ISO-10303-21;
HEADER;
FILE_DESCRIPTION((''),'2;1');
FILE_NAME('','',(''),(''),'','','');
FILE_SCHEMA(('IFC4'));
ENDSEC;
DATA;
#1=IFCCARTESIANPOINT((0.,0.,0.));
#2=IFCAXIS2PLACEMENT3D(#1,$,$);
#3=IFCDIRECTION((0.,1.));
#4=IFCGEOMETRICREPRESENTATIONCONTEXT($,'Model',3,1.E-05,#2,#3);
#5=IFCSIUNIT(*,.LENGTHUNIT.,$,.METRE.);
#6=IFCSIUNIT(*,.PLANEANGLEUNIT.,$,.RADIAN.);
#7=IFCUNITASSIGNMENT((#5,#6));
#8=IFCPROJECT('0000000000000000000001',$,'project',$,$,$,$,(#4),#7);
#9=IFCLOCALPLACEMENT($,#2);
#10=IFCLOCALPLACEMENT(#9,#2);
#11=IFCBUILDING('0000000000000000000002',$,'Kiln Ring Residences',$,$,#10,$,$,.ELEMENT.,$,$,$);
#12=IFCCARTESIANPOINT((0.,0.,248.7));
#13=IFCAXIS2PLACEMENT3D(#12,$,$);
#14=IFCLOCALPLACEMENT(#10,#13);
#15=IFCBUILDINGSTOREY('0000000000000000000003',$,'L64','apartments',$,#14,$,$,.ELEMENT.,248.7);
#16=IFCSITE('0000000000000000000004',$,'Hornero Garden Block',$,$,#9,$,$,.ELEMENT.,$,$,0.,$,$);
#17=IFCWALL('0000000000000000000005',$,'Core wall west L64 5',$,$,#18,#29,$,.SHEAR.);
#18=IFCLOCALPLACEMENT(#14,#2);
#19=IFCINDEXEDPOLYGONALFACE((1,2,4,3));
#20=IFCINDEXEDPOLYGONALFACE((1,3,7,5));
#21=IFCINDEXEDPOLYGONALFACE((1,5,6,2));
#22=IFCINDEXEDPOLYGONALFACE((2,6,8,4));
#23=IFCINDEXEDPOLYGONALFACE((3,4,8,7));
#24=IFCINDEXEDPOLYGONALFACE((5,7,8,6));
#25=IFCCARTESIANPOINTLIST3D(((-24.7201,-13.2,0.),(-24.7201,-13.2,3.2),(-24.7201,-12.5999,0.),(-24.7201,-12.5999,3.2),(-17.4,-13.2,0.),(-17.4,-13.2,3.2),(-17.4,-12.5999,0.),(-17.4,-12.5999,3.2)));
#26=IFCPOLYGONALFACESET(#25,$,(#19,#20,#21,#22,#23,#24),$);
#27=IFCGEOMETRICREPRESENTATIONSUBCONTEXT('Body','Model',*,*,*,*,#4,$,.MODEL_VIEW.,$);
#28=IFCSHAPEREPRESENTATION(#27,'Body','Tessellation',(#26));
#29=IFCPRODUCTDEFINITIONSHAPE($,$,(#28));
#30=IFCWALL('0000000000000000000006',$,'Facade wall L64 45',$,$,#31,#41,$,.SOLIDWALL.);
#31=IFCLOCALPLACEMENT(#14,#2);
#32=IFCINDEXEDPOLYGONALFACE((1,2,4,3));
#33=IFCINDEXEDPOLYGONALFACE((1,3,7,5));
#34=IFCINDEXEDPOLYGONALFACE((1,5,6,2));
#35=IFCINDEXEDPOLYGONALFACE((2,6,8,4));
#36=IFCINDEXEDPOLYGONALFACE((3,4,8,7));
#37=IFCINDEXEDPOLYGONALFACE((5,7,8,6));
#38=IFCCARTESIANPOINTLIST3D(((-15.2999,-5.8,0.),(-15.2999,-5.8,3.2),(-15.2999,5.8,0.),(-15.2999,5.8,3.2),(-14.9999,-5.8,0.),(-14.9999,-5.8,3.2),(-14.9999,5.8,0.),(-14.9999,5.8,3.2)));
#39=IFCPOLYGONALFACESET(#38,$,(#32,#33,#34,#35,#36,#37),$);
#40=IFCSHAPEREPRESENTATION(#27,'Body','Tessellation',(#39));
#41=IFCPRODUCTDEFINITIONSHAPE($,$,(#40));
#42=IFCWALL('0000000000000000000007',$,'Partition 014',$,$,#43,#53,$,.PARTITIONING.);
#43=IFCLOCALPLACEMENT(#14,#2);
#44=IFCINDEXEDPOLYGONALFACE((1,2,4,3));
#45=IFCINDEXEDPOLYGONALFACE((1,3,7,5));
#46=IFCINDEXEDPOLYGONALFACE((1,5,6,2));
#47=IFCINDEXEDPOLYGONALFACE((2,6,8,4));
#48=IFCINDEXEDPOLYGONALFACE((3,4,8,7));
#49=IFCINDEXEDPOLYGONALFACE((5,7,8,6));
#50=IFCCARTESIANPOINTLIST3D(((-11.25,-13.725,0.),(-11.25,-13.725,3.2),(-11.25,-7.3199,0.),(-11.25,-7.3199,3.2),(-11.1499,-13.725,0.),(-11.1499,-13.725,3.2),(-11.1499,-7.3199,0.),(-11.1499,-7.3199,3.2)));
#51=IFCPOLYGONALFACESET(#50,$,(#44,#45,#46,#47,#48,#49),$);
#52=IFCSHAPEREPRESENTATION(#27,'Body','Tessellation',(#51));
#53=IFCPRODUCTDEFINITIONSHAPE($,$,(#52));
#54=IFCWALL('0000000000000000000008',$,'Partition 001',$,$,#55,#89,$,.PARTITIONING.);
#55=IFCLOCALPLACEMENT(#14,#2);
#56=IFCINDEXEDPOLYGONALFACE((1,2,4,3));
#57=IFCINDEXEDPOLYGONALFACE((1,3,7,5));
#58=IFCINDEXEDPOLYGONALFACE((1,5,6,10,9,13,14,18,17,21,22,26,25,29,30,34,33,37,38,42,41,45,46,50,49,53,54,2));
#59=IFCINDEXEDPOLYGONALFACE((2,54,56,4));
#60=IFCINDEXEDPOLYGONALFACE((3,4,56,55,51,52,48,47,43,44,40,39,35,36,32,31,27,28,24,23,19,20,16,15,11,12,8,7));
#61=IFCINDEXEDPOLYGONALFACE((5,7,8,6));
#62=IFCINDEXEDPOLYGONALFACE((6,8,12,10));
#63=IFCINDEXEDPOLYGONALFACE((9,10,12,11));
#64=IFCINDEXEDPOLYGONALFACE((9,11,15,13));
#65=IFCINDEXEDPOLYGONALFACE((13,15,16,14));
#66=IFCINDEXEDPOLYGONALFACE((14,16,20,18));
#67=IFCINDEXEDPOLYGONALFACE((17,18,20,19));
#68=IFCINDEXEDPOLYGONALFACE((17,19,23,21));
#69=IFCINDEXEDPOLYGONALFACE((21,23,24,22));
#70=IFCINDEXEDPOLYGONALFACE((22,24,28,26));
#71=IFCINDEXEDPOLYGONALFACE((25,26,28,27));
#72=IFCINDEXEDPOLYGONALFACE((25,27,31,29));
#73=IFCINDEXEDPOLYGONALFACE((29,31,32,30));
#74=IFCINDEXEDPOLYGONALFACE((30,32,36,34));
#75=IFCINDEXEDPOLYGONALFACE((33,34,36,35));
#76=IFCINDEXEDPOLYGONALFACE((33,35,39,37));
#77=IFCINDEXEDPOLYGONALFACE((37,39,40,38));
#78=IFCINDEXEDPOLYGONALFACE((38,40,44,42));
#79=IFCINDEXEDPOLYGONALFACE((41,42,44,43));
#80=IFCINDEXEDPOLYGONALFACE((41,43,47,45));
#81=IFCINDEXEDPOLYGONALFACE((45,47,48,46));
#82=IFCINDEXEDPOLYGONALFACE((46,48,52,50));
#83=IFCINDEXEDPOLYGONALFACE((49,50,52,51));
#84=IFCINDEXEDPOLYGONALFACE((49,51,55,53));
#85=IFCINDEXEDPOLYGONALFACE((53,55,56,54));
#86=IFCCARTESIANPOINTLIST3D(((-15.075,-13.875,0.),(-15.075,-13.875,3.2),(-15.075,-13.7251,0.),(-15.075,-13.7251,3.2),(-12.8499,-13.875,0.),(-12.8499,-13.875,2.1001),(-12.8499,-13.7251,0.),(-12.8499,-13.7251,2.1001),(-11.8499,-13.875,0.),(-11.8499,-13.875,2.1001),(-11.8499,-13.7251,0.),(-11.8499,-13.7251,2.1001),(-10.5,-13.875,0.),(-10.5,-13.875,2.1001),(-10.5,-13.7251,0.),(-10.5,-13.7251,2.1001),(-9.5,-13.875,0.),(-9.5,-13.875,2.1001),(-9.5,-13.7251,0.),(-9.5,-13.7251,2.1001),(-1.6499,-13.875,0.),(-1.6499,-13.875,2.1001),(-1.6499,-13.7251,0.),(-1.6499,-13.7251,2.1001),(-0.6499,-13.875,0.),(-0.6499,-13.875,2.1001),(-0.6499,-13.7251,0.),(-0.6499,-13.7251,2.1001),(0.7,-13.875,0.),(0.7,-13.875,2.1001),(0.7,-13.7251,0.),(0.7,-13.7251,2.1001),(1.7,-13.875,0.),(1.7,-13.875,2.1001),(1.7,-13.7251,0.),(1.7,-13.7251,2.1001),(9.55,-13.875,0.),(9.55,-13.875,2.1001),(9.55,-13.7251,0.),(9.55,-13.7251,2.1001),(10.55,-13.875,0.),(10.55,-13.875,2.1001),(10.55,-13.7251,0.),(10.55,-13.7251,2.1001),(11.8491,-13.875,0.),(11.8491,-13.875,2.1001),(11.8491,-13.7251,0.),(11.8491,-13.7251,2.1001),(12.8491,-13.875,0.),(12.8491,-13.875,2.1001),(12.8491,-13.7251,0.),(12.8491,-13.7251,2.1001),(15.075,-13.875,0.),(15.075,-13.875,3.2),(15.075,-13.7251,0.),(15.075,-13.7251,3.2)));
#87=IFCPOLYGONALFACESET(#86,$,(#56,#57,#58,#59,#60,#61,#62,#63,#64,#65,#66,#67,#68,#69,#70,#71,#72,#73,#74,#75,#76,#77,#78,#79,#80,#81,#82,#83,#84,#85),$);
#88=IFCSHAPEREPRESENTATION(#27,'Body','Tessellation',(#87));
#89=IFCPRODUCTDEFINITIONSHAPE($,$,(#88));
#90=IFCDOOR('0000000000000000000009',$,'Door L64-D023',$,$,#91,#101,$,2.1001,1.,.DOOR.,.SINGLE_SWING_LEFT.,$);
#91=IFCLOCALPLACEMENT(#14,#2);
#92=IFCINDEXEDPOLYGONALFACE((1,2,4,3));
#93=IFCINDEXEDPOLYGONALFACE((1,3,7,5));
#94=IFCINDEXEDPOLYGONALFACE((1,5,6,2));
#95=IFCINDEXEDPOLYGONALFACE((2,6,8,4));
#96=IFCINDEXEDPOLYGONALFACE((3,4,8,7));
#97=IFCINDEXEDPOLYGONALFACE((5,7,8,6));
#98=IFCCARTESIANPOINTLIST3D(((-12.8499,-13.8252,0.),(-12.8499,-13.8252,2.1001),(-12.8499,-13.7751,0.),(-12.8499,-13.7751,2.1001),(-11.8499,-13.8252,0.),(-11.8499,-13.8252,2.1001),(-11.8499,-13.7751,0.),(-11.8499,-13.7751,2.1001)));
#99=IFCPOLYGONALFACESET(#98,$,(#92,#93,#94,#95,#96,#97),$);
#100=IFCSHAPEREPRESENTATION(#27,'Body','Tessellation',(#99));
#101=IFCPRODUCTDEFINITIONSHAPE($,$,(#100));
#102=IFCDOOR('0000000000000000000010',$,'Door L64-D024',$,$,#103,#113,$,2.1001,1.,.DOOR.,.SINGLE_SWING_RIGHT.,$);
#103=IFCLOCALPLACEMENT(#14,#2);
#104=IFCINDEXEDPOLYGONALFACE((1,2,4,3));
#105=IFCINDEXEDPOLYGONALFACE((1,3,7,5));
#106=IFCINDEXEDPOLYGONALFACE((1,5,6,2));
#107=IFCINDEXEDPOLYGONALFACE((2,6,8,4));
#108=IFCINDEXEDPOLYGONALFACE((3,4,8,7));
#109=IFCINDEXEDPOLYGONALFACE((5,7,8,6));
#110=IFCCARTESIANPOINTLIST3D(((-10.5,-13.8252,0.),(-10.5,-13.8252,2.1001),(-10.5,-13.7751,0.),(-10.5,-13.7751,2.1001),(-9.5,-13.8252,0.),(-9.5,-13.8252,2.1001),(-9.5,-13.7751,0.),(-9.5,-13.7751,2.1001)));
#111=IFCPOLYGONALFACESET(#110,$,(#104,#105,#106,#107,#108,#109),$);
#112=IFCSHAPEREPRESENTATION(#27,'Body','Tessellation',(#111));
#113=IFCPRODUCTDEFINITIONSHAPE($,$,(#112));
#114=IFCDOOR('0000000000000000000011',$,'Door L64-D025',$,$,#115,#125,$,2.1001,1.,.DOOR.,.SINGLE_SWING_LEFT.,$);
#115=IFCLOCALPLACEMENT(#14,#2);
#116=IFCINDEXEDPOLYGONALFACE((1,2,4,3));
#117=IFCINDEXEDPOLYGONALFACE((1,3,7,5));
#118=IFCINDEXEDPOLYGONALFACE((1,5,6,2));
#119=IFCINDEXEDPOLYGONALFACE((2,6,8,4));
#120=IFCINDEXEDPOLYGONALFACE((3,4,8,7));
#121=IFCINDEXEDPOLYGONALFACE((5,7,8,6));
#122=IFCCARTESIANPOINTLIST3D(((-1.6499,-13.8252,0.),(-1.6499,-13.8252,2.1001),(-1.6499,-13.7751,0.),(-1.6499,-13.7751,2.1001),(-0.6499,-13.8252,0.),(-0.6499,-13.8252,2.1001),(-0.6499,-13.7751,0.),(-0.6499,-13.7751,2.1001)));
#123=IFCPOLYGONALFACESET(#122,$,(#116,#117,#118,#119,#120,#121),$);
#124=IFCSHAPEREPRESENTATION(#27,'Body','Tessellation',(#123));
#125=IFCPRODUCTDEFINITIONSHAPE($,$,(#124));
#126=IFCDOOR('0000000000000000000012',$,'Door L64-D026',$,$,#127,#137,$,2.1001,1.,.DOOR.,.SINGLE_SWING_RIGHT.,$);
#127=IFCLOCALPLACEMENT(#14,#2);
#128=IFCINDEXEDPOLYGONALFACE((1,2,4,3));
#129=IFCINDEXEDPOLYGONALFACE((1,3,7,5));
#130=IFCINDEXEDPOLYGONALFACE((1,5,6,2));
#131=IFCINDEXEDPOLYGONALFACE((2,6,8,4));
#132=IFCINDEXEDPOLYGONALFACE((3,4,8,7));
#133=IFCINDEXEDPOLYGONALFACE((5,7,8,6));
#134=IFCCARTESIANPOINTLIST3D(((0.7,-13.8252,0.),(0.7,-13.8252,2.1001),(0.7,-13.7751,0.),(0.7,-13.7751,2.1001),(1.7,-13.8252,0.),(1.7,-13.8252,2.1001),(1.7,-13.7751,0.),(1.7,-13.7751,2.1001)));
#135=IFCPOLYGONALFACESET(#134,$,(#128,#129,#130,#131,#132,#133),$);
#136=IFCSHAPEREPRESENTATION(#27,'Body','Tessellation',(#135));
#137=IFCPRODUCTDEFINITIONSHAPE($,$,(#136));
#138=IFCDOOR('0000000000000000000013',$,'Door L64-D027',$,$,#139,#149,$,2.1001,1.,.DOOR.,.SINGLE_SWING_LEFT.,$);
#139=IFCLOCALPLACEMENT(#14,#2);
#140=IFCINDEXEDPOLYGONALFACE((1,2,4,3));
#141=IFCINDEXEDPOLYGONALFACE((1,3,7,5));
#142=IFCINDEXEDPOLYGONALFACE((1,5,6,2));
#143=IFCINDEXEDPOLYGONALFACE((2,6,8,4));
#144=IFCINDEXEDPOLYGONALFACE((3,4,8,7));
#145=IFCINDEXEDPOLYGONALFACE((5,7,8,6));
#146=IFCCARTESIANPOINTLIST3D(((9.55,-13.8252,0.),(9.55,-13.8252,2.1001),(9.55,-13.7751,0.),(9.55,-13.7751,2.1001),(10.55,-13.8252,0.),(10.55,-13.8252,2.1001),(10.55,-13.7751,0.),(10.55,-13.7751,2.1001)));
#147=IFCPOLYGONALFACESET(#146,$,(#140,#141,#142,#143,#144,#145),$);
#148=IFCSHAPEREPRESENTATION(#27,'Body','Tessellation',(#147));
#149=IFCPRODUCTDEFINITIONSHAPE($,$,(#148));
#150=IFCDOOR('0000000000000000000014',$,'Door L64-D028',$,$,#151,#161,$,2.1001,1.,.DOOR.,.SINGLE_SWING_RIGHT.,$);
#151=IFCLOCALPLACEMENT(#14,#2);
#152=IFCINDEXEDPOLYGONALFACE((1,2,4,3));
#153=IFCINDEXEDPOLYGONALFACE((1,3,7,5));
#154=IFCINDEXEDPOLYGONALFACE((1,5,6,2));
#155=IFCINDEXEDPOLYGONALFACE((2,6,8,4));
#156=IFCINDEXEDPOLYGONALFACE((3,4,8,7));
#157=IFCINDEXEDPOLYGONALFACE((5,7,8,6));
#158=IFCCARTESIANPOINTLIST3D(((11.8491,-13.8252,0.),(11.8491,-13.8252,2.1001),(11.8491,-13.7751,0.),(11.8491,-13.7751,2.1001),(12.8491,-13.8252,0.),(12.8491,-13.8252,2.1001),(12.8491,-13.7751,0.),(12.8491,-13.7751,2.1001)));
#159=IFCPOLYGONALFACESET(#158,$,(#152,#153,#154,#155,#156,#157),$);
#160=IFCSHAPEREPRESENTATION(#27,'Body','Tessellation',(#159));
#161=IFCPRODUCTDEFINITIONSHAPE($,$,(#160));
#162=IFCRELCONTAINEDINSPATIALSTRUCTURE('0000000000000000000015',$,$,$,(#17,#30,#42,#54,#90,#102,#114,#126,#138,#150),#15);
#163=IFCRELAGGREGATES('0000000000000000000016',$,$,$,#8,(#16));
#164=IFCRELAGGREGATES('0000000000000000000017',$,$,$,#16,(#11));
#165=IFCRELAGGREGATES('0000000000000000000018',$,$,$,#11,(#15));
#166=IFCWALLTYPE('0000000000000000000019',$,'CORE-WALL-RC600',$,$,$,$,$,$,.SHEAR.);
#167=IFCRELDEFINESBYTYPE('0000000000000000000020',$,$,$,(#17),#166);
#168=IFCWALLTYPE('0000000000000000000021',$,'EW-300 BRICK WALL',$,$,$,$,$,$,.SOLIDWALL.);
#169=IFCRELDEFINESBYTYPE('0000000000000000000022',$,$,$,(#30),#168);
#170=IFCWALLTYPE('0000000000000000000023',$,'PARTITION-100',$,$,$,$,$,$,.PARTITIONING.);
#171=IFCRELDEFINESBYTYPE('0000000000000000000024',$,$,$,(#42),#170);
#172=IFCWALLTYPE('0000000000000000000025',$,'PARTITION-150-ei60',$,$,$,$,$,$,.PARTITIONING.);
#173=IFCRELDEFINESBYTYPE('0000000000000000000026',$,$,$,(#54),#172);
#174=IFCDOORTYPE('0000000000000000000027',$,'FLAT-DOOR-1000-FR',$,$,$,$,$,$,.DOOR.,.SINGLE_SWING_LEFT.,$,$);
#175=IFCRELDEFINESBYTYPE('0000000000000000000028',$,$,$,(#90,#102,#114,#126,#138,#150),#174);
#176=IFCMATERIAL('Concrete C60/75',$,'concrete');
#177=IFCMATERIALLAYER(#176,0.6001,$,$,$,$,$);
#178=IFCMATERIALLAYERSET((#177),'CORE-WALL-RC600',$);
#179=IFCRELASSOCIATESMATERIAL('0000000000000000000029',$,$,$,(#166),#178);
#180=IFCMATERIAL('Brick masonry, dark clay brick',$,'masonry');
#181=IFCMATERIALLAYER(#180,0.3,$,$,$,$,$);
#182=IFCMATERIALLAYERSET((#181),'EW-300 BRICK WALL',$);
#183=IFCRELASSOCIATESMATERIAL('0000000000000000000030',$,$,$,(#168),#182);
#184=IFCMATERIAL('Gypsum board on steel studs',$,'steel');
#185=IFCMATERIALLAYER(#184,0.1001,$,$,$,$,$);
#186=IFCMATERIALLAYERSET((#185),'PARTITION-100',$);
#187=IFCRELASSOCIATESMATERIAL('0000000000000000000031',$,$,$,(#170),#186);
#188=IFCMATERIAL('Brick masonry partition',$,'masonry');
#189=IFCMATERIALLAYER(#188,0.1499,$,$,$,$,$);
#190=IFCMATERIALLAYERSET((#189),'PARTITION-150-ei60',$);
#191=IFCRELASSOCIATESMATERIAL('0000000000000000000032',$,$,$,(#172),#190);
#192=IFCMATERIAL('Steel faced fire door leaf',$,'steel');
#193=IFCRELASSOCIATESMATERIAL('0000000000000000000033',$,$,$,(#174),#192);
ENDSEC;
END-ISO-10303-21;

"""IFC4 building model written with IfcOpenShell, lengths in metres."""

from ifc_helpers import new_model, si_unit, direction, frame, frame_2d, origin, place, context, subcontext, project, spatial, rectangle, extrude, material, layer, layer_set, type_object, element, fill, save


model = new_model("IFC4")

# Units and contexts
model_context = context("Model", 3, precision=1e-05, world=origin(), true_north=direction((0.0, 1.0)))
body_context = subcontext(model_context, "Body", "Model", "MODEL_VIEW")
ifc_project = project(units=[si_unit("LENGTHUNIT", "METRE"), si_unit("PLANEANGLEUNIT", "RADIAN")], contexts=[model_context])

# Site, building, storey
site_placement = place(None, origin())
site = spatial("IfcSite", under=ifc_project, at=site_placement, Name="Hornero Garden Block", CompositionType="ELEMENT", RefElevation=0.0)
building_placement = place(site_placement, origin())
building = spatial("IfcBuilding", under=site, at=building_placement, Name="Kiln Ring Residences", CompositionType="ELEMENT")
storey_placement = place(building_placement, frame((0.0, 0.0, 248.7)))
storey = spatial("IfcBuildingStorey", under=building, at=storey_placement, Name="L64", Description="apartments", CompositionType="ELEMENT", Elevation=248.7)

# Walls
ifc_material_1 = material(Name="Concrete C60/75", Category="concrete")
ifc_layer_1 = layer(ifc_material_1, 0.6001)
ifc_layer_set_1 = layer_set([ifc_layer_1], Name="CORE-WALL-RC600")
wall_type_1 = type_object("IfcWallType", Name="CORE-WALL-RC600", PredefinedType="SHEAR", material=ifc_layer_set_1)
wall_1_placement = place(storey_placement, frame((-17.3999, -12.8999, 0.0), z_axis=(0.0, 0.0, 1.0), x_axis=(-1.0, 0.0, 0.0)))
element("IfcWall", 1, at=wall_1_placement, inside=storey, type_object=wall_type_1, Name="Core wall west L64 5", PredefinedType="SHEAR", context=body_context, shape_type="SweptSolid", body=[
    extrude(rectangle(XDim=7.3201, YDim=0.6001, at=frame_2d((3.6602, 0.0))), origin(), (0.0, 0.0, 1.0), 3.2),
])
ifc_material_2 = material(Name="Brick masonry, dark clay brick", Category="masonry")
ifc_layer_2 = layer(ifc_material_2, 0.3)
ifc_layer_set_2 = layer_set([ifc_layer_2], Name="EW-300 BRICK WALL")
wall_type_2 = type_object("IfcWallType", Name="EW-300 BRICK WALL", PredefinedType="SOLIDWALL", material=ifc_layer_set_2)
wall_2_placement = place(storey_placement, frame((-15.1499, -5.8, 0.0), z_axis=(0.0, 0.0, 1.0), x_axis=(0.0, 1.0, 0.0)))
element("IfcWall", 2, at=wall_2_placement, inside=storey, type_object=wall_type_2, Name="Facade wall L64 45", PredefinedType="SOLIDWALL", context=body_context, shape_type="SweptSolid", body=[
    extrude(rectangle(XDim=11.6001, YDim=0.3, at=frame_2d((5.8, 0.0))), origin(), (0.0, 0.0, 1.0), 3.2),
])
ifc_material_3 = material(Name="Gypsum board on steel studs", Category="steel")
ifc_layer_3 = layer(ifc_material_3, 0.1001)
ifc_layer_set_3 = layer_set([ifc_layer_3], Name="PARTITION-100")
wall_type_3 = type_object("IfcWallType", Name="PARTITION-100", PredefinedType="PARTITIONING", material=ifc_layer_set_3)
wall_3_placement = place(storey_placement, frame((-11.2, -13.7251, 0.0), z_axis=(0.0, 0.0, 1.0), x_axis=(0.0, 1.0, 0.0)))
element("IfcWall", 3, at=wall_3_placement, inside=storey, type_object=wall_type_3, Name="Partition 014", PredefinedType="PARTITIONING", context=body_context, shape_type="SweptSolid", body=[
    extrude(rectangle(XDim=6.405, YDim=0.1001, at=frame_2d((3.2026, 0.0))), origin(), (0.0, 0.0, 1.0), 3.2),
])

# Wall, openings, doors
ifc_material_4 = material(Name="Brick masonry partition", Category="masonry")
ifc_layer_4 = layer(ifc_material_4, 0.1499)
ifc_layer_set_4 = layer_set([ifc_layer_4], Name="PARTITION-150-ei60")
wall_type_4 = type_object("IfcWallType", Name="PARTITION-150-ei60", PredefinedType="PARTITIONING", material=ifc_layer_set_4)
wall_4_placement = place(storey_placement, frame((-15.075, -13.8, 0.0), z_axis=(0.0, 0.0, 1.0), x_axis=(1.0, 0.0, 0.0)))
wall_4 = element("IfcWall", 4, at=wall_4_placement, inside=storey, type_object=wall_type_4, Name="Partition 001", PredefinedType="PARTITIONING", context=body_context, shape_type="SweptSolid", body=[
    extrude(rectangle(XDim=30.1499, YDim=0.1499, at=frame_2d((15.075, 0.0))), origin(), (0.0, 0.0, 1.0), 3.2),
])
opening_1_placement = place(wall_4_placement, frame((2.2251, 0.0, 0.0)))
opening_1 = element("IfcOpeningElement", 5, at=opening_1_placement, cuts=wall_4, PredefinedType="OPENING", context=body_context, shape_type="SweptSolid", body=[
    extrude(rectangle(XDim=1.0, YDim=2.1001, at=frame_2d((0.5, 1.05))), frame((0.0, 0.085, 0.0), z_axis=(0.0, -1.0, 0.0), x_axis=(1.0, 0.0, 0.0)), (0.0, 0.0, 1.0), 0.1699),
])
opening_2_placement = place(wall_4_placement, frame((4.575, 0.0, 0.0)))
opening_2 = element("IfcOpeningElement", 6, at=opening_2_placement, cuts=wall_4, PredefinedType="OPENING", context=body_context, shape_type="SweptSolid", body=[
    extrude(rectangle(XDim=1.0, YDim=2.1001, at=frame_2d((0.5, 1.05))), frame((0.0, 0.085, 0.0), z_axis=(0.0, -1.0, 0.0), x_axis=(1.0, 0.0, 0.0)), (0.0, 0.0, 1.0), 0.1699),
])
opening_3_placement = place(wall_4_placement, frame((13.425, 0.0, 0.0)))
opening_3 = element("IfcOpeningElement", 7, at=opening_3_placement, cuts=wall_4, PredefinedType="OPENING", context=body_context, shape_type="SweptSolid", body=[
    extrude(rectangle(XDim=1.0, YDim=2.1001, at=frame_2d((0.5, 1.05))), frame((0.0, 0.085, 0.0), z_axis=(0.0, -1.0, 0.0), x_axis=(1.0, 0.0, 0.0)), (0.0, 0.0, 1.0), 0.1699),
])
opening_4_placement = place(wall_4_placement, frame((15.7749, 0.0, 0.0)))
opening_4 = element("IfcOpeningElement", 8, at=opening_4_placement, cuts=wall_4, PredefinedType="OPENING", context=body_context, shape_type="SweptSolid", body=[
    extrude(rectangle(XDim=1.0, YDim=2.1001, at=frame_2d((0.5, 1.05))), frame((0.0, 0.085, 0.0), z_axis=(0.0, -1.0, 0.0), x_axis=(1.0, 0.0, 0.0)), (0.0, 0.0, 1.0), 0.1699),
])
opening_5_placement = place(wall_4_placement, frame((24.625, 0.0, 0.0)))
opening_5 = element("IfcOpeningElement", 9, at=opening_5_placement, cuts=wall_4, PredefinedType="OPENING", context=body_context, shape_type="SweptSolid", body=[
    extrude(rectangle(XDim=1.0, YDim=2.1001, at=frame_2d((0.5, 1.05))), frame((0.0, 0.085, 0.0), z_axis=(0.0, -1.0, 0.0), x_axis=(1.0, 0.0, 0.0)), (0.0, 0.0, 1.0), 0.1699),
])
opening_6_placement = place(wall_4_placement, frame((26.9241, 0.0, 0.0)))
opening_6 = element("IfcOpeningElement", 10, at=opening_6_placement, cuts=wall_4, PredefinedType="OPENING", context=body_context, shape_type="SweptSolid", body=[
    extrude(rectangle(XDim=1.0, YDim=2.1001, at=frame_2d((0.5, 1.05))), frame((0.0, 0.085, 0.0), z_axis=(0.0, -1.0, 0.0), x_axis=(1.0, 0.0, 0.0)), (0.0, 0.0, 1.0), 0.1699),
])
ifc_material_5 = material(Name="Steel faced fire door leaf", Category="steel")
door_type_1 = type_object("IfcDoorType", Name="FLAT-DOOR-1000-FR", OperationType="SINGLE_SWING_LEFT", PredefinedType="DOOR", material=ifc_material_5)
door_1_placement = place(opening_1_placement, origin())
door_1 = element("IfcDoor", 11, at=door_1_placement, inside=storey, type_object=door_type_1, Name="Door L64-D023", OperationType="SINGLE_SWING_LEFT", OverallHeight=2.1001, OverallWidth=1.0, PredefinedType="DOOR", context=body_context, shape_type="SweptSolid", body=[
    extrude(rectangle(XDim=1.0, YDim=2.1001, at=frame_2d((0.5, 1.05))), frame((0.0, 0.0249, 0.0), z_axis=(0.0, -1.0, 0.0), x_axis=(1.0, 0.0, 0.0)), (0.0, 0.0, 1.0), 0.05),
])
fill(opening_1, door_1)
door_2_placement = place(opening_2_placement, origin())
door_2 = element("IfcDoor", 12, at=door_2_placement, inside=storey, type_object=door_type_1, Name="Door L64-D024", OperationType="SINGLE_SWING_RIGHT", OverallHeight=2.1001, OverallWidth=1.0, PredefinedType="DOOR", context=body_context, shape_type="SweptSolid", body=[
    extrude(rectangle(XDim=1.0, YDim=2.1001, at=frame_2d((0.5, 1.05))), frame((0.0, 0.0249, 0.0), z_axis=(0.0, -1.0, 0.0), x_axis=(1.0, 0.0, 0.0)), (0.0, 0.0, 1.0), 0.05),
])
fill(opening_2, door_2)
door_3_placement = place(opening_3_placement, origin())
door_3 = element("IfcDoor", 13, at=door_3_placement, inside=storey, type_object=door_type_1, Name="Door L64-D025", OperationType="SINGLE_SWING_LEFT", OverallHeight=2.1001, OverallWidth=1.0, PredefinedType="DOOR", context=body_context, shape_type="SweptSolid", body=[
    extrude(rectangle(XDim=1.0, YDim=2.1001, at=frame_2d((0.5, 1.05))), frame((0.0, 0.0249, 0.0), z_axis=(0.0, -1.0, 0.0), x_axis=(1.0, 0.0, 0.0)), (0.0, 0.0, 1.0), 0.05),
])
fill(opening_3, door_3)
door_4_placement = place(opening_4_placement, origin())
door_4 = element("IfcDoor", 14, at=door_4_placement, inside=storey, type_object=door_type_1, Name="Door L64-D026", OperationType="SINGLE_SWING_RIGHT", OverallHeight=2.1001, OverallWidth=1.0, PredefinedType="DOOR", context=body_context, shape_type="SweptSolid", body=[
    extrude(rectangle(XDim=1.0, YDim=2.1001, at=frame_2d((0.5, 1.05))), frame((0.0, 0.0249, 0.0), z_axis=(0.0, -1.0, 0.0), x_axis=(1.0, 0.0, 0.0)), (0.0, 0.0, 1.0), 0.05),
])
fill(opening_4, door_4)
door_5_placement = place(opening_5_placement, origin())
door_5 = element("IfcDoor", 15, at=door_5_placement, inside=storey, type_object=door_type_1, Name="Door L64-D027", OperationType="SINGLE_SWING_LEFT", OverallHeight=2.1001, OverallWidth=1.0, PredefinedType="DOOR", context=body_context, shape_type="SweptSolid", body=[
    extrude(rectangle(XDim=1.0, YDim=2.1001, at=frame_2d((0.5, 1.05))), frame((0.0, 0.0249, 0.0), z_axis=(0.0, -1.0, 0.0), x_axis=(1.0, 0.0, 0.0)), (0.0, 0.0, 1.0), 0.05),
])
fill(opening_5, door_5)
door_6_placement = place(opening_6_placement, origin())
door_6 = element("IfcDoor", 16, at=door_6_placement, inside=storey, type_object=door_type_1, Name="Door L64-D028", OperationType="SINGLE_SWING_RIGHT", OverallHeight=2.1001, OverallWidth=1.0, PredefinedType="DOOR", context=body_context, shape_type="SweptSolid", body=[
    extrude(rectangle(XDim=1.0, YDim=2.1001, at=frame_2d((0.5, 1.05))), frame((0.0, 0.0249, 0.0), z_axis=(0.0, -1.0, 0.0), x_axis=(1.0, 0.0, 0.0)), (0.0, 0.0, 1.0), 0.05),
])
fill(opening_6, door_6)

save(model, "model.ifc")
